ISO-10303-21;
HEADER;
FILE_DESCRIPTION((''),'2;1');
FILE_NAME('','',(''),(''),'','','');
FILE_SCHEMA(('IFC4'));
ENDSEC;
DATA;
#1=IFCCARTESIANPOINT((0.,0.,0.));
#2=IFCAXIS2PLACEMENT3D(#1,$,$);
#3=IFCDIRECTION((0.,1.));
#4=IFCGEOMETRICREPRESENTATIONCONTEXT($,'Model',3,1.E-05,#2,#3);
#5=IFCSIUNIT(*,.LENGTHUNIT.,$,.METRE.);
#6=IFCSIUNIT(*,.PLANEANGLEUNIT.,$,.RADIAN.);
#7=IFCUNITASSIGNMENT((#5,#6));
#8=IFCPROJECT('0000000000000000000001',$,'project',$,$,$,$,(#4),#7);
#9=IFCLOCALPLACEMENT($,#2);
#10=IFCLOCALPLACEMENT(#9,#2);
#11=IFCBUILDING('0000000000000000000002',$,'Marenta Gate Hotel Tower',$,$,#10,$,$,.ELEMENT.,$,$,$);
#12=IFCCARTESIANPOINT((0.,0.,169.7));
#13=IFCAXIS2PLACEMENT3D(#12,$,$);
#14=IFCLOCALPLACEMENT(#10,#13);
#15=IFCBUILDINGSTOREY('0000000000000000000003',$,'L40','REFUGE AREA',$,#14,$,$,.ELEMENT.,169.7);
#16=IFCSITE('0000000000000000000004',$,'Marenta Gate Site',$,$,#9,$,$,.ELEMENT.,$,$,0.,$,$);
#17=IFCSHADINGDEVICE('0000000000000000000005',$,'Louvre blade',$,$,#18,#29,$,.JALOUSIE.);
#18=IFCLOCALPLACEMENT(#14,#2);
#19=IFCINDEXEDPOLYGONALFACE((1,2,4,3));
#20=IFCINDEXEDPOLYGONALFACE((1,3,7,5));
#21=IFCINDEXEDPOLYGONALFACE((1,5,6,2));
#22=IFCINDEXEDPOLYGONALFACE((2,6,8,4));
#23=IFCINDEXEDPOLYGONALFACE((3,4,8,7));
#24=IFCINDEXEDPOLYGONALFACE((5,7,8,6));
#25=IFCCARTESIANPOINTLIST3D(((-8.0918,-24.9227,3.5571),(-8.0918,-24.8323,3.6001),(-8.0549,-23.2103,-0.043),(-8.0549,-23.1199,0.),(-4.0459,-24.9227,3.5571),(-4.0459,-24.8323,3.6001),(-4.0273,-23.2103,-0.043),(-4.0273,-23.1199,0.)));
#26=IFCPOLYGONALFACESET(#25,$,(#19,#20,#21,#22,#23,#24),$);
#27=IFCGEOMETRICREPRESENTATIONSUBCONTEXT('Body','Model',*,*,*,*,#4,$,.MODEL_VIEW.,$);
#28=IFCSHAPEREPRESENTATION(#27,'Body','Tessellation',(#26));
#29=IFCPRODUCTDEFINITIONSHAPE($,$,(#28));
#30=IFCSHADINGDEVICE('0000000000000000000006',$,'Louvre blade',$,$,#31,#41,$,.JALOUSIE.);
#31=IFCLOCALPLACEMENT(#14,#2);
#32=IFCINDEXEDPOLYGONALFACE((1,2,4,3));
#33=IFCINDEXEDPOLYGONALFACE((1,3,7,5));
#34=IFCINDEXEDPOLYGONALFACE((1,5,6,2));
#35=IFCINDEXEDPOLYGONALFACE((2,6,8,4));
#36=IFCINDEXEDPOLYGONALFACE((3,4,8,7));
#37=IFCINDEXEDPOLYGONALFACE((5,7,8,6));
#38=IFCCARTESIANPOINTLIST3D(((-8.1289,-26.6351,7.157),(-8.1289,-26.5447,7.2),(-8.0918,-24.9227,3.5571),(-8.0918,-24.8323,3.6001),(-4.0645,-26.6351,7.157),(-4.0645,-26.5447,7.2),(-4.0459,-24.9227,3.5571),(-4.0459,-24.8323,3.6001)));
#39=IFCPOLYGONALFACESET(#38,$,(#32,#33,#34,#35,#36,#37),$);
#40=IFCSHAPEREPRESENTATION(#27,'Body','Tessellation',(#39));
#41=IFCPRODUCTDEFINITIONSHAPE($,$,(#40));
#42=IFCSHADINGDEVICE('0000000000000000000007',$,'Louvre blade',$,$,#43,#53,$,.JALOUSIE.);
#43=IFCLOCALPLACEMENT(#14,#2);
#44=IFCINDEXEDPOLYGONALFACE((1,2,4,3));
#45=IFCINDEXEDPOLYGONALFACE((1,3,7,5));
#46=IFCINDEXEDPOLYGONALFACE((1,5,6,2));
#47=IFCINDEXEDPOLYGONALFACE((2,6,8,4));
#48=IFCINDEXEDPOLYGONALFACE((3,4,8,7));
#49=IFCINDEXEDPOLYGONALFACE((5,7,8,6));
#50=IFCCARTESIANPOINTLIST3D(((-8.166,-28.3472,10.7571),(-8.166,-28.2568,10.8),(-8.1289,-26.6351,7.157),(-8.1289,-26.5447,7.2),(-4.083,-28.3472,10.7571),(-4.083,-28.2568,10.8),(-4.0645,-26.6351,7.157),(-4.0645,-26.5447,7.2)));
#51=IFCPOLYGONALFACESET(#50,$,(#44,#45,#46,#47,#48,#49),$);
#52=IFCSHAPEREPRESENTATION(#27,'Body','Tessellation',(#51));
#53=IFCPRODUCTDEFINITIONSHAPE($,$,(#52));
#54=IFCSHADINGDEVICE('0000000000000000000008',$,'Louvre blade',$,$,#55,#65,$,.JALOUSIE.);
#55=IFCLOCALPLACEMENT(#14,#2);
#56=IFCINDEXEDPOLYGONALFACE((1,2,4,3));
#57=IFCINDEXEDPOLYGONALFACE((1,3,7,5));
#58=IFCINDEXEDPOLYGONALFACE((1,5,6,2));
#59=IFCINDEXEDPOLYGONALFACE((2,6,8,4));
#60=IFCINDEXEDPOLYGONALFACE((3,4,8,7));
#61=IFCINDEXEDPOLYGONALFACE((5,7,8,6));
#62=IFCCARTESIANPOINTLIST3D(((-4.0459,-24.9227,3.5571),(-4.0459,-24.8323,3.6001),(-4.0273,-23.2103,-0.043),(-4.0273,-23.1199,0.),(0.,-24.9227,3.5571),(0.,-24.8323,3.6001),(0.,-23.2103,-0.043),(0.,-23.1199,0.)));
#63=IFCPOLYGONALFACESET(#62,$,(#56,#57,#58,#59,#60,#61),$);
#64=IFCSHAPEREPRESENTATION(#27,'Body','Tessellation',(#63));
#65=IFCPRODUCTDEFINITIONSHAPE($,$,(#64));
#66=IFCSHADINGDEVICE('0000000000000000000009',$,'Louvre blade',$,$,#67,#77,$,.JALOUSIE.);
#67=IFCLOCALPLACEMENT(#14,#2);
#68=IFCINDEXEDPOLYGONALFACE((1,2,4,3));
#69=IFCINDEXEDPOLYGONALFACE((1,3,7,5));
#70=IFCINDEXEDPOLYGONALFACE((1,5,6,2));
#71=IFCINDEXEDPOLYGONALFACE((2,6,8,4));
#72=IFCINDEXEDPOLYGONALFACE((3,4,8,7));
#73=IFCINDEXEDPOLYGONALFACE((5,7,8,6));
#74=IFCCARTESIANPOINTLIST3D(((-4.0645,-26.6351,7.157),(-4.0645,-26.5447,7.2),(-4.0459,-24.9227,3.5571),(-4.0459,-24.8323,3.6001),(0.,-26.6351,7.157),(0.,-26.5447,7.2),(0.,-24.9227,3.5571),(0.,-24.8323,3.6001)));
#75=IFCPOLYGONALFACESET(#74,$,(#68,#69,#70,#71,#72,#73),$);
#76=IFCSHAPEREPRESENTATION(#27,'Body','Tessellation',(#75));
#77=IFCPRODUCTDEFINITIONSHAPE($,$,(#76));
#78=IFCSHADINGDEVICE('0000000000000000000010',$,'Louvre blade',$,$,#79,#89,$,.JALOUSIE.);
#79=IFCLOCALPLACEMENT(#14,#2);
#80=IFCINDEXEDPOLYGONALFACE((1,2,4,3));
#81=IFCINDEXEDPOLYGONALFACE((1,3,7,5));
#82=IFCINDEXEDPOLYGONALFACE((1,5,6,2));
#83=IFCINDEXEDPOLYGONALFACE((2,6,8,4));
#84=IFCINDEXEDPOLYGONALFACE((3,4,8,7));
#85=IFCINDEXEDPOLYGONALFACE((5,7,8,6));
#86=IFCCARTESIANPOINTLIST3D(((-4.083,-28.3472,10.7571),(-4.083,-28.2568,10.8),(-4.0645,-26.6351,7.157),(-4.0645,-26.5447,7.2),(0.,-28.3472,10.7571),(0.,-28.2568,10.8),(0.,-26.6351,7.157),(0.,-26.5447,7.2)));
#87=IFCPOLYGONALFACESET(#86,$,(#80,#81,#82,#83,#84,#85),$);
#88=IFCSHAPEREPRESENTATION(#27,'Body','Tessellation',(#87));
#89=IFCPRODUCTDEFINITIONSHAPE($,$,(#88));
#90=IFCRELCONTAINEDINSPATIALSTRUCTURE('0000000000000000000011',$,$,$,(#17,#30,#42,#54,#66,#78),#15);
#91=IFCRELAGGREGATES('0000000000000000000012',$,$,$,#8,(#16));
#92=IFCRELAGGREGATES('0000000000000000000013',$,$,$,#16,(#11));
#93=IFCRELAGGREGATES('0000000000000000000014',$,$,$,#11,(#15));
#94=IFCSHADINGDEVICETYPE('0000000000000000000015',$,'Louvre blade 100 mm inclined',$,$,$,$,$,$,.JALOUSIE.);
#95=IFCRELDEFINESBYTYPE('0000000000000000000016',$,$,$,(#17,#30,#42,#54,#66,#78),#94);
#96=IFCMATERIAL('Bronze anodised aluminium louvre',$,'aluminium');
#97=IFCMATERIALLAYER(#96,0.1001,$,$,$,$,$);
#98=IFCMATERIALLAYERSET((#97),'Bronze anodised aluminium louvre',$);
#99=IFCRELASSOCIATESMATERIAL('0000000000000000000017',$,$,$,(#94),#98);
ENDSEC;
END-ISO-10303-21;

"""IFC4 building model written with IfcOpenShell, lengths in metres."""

from ifc_helpers import new_model, si_unit, direction, frame, origin, place, context, subcontext, project, spatial, polyline, outline, extrude, material, layer, layer_set, type_object, element, save


model = new_model("IFC4")

# Units and contexts
model_context = context("Model", 3, precision=1e-05, world=origin(), true_north=direction((0.0, 1.0)))
body_context = subcontext(model_context, "Body", "Model", "MODEL_VIEW")
ifc_project = project(units=[si_unit("LENGTHUNIT", "METRE"), si_unit("PLANEANGLEUNIT", "RADIAN")], contexts=[model_context])

# Site, building, storey
site_placement = place(None, origin())
site = spatial("IfcSite", under=ifc_project, at=site_placement, Name="Marenta Gate Site", CompositionType="ELEMENT", RefElevation=0.0)
building_placement = place(site_placement, origin())
building = spatial("IfcBuilding", under=site, at=building_placement, Name="Marenta Gate Hotel Tower", CompositionType="ELEMENT")
storey_placement = place(building_placement, frame((0.0, 0.0, 169.7)))
storey = spatial("IfcBuildingStorey", under=building, at=storey_placement, Name="L40", Description="REFUGE AREA", CompositionType="ELEMENT", Elevation=169.7)

# Shading devices
ifc_material_1 = material(Name="Bronze anodised aluminium louvre", Category="aluminium")
ifc_layer = layer(ifc_material_1, 0.1001)
ifc_layer_set = layer_set([ifc_layer], Name="Bronze anodised aluminium louvre")
shading_device_type = type_object("IfcShadingDeviceType", Name="Louvre blade 100 mm inclined", PredefinedType="JALOUSIE", material=ifc_layer_set)
shading_device_1_placement = place(storey_placement, frame((-8.0549, -23.1199, 0.0), z_axis=(0.0, 0.903048, 0.429539), x_axis=(1.0, 0.0, 0.0)))
element("IfcShadingDevice", 1, at=shading_device_1_placement, inside=storey, type_object=shading_device_type, Name="Louvre blade", PredefinedType="JALOUSIE", context=body_context, shape_type="SweptSolid", body=[
    extrude(outline(polyline([(0.0, 0.0), (4.0276, 0.0), (4.009, -3.9866), (-0.0369, -3.9866), (0.0, 0.0)])), origin(), (0.0, 0.0, -1.0), 0.1001),
])
shading_device_2_placement = place(storey_placement, frame((-8.0918, -24.8323, 3.6001), z_axis=(0.0, 0.903037, 0.429563), x_axis=(1.0, 0.0, 0.0)))
element("IfcShadingDevice", 2, at=shading_device_2_placement, inside=storey, type_object=shading_device_type, Name="Louvre blade", PredefinedType="JALOUSIE", context=body_context, shape_type="SweptSolid", body=[
    extrude(outline(polyline([(0.0, 0.0), (4.0459, 0.0), (4.0273, -3.9864), (-0.0371, -3.9864), (0.0, 0.0)])), origin(), (0.0, 0.0, -1.0), 0.1001),
])
shading_device_3_placement = place(storey_placement, frame((-8.1289, -26.5447, 7.2), z_axis=(0.0, 0.903072, 0.429489), x_axis=(1.0, 0.0, 0.0)))
element("IfcShadingDevice", 3, at=shading_device_3_placement, inside=storey, type_object=shading_device_type, Name="Louvre blade", PredefinedType="JALOUSIE", context=body_context, shape_type="SweptSolid", body=[
    extrude(outline(polyline([(0.0, 0.0), (4.0645, 0.0), (4.0459, -3.9865), (-0.0371, -3.9865), (0.0, 0.0)])), origin(), (0.0, 0.0, -1.0), 0.1001),
])
shading_device_4_placement = place(storey_placement, frame((-4.0273, -23.1199, 0.0), z_axis=(0.0, 0.903048, 0.429539), x_axis=(1.0, 0.0, 0.0)))
element("IfcShadingDevice", 4, at=shading_device_4_placement, inside=storey, type_object=shading_device_type, Name="Louvre blade", PredefinedType="JALOUSIE", context=body_context, shape_type="SweptSolid", body=[
    extrude(outline(polyline([(0.0, 0.0), (4.0273, 0.0), (4.0273, -3.9866), (-0.0186, -3.9866), (0.0, 0.0)])), origin(), (0.0, 0.0, -1.0), 0.1001),
])
shading_device_5_placement = place(storey_placement, frame((-4.0459, -24.8323, 3.6001), z_axis=(0.0, 0.903037, 0.429563), x_axis=(1.0, 0.0, 0.0)))
element("IfcShadingDevice", 5, at=shading_device_5_placement, inside=storey, type_object=shading_device_type, Name="Louvre blade", PredefinedType="JALOUSIE", context=body_context, shape_type="SweptSolid", body=[
    extrude(outline(polyline([(0.0, 0.0), (4.0459, 0.0), (4.0459, -3.9864), (-0.0186, -3.9864), (0.0, 0.0)])), origin(), (0.0, 0.0, -1.0), 0.1001),
])
shading_device_6_placement = place(storey_placement, frame((-4.0645, -26.5447, 7.2), z_axis=(0.0, 0.903072, 0.429489), x_axis=(1.0, 0.0, 0.0)))
element("IfcShadingDevice", 6, at=shading_device_6_placement, inside=storey, type_object=shading_device_type, Name="Louvre blade", PredefinedType="JALOUSIE", context=body_context, shape_type="SweptSolid", body=[
    extrude(outline(polyline([(0.0, 0.0), (4.0645, 0.0), (4.0645, -3.9865), (-0.0186, -3.9865), (0.0, 0.0)])), origin(), (0.0, 0.0, -1.0), 0.1001),
])

save(model, "model.ifc")
